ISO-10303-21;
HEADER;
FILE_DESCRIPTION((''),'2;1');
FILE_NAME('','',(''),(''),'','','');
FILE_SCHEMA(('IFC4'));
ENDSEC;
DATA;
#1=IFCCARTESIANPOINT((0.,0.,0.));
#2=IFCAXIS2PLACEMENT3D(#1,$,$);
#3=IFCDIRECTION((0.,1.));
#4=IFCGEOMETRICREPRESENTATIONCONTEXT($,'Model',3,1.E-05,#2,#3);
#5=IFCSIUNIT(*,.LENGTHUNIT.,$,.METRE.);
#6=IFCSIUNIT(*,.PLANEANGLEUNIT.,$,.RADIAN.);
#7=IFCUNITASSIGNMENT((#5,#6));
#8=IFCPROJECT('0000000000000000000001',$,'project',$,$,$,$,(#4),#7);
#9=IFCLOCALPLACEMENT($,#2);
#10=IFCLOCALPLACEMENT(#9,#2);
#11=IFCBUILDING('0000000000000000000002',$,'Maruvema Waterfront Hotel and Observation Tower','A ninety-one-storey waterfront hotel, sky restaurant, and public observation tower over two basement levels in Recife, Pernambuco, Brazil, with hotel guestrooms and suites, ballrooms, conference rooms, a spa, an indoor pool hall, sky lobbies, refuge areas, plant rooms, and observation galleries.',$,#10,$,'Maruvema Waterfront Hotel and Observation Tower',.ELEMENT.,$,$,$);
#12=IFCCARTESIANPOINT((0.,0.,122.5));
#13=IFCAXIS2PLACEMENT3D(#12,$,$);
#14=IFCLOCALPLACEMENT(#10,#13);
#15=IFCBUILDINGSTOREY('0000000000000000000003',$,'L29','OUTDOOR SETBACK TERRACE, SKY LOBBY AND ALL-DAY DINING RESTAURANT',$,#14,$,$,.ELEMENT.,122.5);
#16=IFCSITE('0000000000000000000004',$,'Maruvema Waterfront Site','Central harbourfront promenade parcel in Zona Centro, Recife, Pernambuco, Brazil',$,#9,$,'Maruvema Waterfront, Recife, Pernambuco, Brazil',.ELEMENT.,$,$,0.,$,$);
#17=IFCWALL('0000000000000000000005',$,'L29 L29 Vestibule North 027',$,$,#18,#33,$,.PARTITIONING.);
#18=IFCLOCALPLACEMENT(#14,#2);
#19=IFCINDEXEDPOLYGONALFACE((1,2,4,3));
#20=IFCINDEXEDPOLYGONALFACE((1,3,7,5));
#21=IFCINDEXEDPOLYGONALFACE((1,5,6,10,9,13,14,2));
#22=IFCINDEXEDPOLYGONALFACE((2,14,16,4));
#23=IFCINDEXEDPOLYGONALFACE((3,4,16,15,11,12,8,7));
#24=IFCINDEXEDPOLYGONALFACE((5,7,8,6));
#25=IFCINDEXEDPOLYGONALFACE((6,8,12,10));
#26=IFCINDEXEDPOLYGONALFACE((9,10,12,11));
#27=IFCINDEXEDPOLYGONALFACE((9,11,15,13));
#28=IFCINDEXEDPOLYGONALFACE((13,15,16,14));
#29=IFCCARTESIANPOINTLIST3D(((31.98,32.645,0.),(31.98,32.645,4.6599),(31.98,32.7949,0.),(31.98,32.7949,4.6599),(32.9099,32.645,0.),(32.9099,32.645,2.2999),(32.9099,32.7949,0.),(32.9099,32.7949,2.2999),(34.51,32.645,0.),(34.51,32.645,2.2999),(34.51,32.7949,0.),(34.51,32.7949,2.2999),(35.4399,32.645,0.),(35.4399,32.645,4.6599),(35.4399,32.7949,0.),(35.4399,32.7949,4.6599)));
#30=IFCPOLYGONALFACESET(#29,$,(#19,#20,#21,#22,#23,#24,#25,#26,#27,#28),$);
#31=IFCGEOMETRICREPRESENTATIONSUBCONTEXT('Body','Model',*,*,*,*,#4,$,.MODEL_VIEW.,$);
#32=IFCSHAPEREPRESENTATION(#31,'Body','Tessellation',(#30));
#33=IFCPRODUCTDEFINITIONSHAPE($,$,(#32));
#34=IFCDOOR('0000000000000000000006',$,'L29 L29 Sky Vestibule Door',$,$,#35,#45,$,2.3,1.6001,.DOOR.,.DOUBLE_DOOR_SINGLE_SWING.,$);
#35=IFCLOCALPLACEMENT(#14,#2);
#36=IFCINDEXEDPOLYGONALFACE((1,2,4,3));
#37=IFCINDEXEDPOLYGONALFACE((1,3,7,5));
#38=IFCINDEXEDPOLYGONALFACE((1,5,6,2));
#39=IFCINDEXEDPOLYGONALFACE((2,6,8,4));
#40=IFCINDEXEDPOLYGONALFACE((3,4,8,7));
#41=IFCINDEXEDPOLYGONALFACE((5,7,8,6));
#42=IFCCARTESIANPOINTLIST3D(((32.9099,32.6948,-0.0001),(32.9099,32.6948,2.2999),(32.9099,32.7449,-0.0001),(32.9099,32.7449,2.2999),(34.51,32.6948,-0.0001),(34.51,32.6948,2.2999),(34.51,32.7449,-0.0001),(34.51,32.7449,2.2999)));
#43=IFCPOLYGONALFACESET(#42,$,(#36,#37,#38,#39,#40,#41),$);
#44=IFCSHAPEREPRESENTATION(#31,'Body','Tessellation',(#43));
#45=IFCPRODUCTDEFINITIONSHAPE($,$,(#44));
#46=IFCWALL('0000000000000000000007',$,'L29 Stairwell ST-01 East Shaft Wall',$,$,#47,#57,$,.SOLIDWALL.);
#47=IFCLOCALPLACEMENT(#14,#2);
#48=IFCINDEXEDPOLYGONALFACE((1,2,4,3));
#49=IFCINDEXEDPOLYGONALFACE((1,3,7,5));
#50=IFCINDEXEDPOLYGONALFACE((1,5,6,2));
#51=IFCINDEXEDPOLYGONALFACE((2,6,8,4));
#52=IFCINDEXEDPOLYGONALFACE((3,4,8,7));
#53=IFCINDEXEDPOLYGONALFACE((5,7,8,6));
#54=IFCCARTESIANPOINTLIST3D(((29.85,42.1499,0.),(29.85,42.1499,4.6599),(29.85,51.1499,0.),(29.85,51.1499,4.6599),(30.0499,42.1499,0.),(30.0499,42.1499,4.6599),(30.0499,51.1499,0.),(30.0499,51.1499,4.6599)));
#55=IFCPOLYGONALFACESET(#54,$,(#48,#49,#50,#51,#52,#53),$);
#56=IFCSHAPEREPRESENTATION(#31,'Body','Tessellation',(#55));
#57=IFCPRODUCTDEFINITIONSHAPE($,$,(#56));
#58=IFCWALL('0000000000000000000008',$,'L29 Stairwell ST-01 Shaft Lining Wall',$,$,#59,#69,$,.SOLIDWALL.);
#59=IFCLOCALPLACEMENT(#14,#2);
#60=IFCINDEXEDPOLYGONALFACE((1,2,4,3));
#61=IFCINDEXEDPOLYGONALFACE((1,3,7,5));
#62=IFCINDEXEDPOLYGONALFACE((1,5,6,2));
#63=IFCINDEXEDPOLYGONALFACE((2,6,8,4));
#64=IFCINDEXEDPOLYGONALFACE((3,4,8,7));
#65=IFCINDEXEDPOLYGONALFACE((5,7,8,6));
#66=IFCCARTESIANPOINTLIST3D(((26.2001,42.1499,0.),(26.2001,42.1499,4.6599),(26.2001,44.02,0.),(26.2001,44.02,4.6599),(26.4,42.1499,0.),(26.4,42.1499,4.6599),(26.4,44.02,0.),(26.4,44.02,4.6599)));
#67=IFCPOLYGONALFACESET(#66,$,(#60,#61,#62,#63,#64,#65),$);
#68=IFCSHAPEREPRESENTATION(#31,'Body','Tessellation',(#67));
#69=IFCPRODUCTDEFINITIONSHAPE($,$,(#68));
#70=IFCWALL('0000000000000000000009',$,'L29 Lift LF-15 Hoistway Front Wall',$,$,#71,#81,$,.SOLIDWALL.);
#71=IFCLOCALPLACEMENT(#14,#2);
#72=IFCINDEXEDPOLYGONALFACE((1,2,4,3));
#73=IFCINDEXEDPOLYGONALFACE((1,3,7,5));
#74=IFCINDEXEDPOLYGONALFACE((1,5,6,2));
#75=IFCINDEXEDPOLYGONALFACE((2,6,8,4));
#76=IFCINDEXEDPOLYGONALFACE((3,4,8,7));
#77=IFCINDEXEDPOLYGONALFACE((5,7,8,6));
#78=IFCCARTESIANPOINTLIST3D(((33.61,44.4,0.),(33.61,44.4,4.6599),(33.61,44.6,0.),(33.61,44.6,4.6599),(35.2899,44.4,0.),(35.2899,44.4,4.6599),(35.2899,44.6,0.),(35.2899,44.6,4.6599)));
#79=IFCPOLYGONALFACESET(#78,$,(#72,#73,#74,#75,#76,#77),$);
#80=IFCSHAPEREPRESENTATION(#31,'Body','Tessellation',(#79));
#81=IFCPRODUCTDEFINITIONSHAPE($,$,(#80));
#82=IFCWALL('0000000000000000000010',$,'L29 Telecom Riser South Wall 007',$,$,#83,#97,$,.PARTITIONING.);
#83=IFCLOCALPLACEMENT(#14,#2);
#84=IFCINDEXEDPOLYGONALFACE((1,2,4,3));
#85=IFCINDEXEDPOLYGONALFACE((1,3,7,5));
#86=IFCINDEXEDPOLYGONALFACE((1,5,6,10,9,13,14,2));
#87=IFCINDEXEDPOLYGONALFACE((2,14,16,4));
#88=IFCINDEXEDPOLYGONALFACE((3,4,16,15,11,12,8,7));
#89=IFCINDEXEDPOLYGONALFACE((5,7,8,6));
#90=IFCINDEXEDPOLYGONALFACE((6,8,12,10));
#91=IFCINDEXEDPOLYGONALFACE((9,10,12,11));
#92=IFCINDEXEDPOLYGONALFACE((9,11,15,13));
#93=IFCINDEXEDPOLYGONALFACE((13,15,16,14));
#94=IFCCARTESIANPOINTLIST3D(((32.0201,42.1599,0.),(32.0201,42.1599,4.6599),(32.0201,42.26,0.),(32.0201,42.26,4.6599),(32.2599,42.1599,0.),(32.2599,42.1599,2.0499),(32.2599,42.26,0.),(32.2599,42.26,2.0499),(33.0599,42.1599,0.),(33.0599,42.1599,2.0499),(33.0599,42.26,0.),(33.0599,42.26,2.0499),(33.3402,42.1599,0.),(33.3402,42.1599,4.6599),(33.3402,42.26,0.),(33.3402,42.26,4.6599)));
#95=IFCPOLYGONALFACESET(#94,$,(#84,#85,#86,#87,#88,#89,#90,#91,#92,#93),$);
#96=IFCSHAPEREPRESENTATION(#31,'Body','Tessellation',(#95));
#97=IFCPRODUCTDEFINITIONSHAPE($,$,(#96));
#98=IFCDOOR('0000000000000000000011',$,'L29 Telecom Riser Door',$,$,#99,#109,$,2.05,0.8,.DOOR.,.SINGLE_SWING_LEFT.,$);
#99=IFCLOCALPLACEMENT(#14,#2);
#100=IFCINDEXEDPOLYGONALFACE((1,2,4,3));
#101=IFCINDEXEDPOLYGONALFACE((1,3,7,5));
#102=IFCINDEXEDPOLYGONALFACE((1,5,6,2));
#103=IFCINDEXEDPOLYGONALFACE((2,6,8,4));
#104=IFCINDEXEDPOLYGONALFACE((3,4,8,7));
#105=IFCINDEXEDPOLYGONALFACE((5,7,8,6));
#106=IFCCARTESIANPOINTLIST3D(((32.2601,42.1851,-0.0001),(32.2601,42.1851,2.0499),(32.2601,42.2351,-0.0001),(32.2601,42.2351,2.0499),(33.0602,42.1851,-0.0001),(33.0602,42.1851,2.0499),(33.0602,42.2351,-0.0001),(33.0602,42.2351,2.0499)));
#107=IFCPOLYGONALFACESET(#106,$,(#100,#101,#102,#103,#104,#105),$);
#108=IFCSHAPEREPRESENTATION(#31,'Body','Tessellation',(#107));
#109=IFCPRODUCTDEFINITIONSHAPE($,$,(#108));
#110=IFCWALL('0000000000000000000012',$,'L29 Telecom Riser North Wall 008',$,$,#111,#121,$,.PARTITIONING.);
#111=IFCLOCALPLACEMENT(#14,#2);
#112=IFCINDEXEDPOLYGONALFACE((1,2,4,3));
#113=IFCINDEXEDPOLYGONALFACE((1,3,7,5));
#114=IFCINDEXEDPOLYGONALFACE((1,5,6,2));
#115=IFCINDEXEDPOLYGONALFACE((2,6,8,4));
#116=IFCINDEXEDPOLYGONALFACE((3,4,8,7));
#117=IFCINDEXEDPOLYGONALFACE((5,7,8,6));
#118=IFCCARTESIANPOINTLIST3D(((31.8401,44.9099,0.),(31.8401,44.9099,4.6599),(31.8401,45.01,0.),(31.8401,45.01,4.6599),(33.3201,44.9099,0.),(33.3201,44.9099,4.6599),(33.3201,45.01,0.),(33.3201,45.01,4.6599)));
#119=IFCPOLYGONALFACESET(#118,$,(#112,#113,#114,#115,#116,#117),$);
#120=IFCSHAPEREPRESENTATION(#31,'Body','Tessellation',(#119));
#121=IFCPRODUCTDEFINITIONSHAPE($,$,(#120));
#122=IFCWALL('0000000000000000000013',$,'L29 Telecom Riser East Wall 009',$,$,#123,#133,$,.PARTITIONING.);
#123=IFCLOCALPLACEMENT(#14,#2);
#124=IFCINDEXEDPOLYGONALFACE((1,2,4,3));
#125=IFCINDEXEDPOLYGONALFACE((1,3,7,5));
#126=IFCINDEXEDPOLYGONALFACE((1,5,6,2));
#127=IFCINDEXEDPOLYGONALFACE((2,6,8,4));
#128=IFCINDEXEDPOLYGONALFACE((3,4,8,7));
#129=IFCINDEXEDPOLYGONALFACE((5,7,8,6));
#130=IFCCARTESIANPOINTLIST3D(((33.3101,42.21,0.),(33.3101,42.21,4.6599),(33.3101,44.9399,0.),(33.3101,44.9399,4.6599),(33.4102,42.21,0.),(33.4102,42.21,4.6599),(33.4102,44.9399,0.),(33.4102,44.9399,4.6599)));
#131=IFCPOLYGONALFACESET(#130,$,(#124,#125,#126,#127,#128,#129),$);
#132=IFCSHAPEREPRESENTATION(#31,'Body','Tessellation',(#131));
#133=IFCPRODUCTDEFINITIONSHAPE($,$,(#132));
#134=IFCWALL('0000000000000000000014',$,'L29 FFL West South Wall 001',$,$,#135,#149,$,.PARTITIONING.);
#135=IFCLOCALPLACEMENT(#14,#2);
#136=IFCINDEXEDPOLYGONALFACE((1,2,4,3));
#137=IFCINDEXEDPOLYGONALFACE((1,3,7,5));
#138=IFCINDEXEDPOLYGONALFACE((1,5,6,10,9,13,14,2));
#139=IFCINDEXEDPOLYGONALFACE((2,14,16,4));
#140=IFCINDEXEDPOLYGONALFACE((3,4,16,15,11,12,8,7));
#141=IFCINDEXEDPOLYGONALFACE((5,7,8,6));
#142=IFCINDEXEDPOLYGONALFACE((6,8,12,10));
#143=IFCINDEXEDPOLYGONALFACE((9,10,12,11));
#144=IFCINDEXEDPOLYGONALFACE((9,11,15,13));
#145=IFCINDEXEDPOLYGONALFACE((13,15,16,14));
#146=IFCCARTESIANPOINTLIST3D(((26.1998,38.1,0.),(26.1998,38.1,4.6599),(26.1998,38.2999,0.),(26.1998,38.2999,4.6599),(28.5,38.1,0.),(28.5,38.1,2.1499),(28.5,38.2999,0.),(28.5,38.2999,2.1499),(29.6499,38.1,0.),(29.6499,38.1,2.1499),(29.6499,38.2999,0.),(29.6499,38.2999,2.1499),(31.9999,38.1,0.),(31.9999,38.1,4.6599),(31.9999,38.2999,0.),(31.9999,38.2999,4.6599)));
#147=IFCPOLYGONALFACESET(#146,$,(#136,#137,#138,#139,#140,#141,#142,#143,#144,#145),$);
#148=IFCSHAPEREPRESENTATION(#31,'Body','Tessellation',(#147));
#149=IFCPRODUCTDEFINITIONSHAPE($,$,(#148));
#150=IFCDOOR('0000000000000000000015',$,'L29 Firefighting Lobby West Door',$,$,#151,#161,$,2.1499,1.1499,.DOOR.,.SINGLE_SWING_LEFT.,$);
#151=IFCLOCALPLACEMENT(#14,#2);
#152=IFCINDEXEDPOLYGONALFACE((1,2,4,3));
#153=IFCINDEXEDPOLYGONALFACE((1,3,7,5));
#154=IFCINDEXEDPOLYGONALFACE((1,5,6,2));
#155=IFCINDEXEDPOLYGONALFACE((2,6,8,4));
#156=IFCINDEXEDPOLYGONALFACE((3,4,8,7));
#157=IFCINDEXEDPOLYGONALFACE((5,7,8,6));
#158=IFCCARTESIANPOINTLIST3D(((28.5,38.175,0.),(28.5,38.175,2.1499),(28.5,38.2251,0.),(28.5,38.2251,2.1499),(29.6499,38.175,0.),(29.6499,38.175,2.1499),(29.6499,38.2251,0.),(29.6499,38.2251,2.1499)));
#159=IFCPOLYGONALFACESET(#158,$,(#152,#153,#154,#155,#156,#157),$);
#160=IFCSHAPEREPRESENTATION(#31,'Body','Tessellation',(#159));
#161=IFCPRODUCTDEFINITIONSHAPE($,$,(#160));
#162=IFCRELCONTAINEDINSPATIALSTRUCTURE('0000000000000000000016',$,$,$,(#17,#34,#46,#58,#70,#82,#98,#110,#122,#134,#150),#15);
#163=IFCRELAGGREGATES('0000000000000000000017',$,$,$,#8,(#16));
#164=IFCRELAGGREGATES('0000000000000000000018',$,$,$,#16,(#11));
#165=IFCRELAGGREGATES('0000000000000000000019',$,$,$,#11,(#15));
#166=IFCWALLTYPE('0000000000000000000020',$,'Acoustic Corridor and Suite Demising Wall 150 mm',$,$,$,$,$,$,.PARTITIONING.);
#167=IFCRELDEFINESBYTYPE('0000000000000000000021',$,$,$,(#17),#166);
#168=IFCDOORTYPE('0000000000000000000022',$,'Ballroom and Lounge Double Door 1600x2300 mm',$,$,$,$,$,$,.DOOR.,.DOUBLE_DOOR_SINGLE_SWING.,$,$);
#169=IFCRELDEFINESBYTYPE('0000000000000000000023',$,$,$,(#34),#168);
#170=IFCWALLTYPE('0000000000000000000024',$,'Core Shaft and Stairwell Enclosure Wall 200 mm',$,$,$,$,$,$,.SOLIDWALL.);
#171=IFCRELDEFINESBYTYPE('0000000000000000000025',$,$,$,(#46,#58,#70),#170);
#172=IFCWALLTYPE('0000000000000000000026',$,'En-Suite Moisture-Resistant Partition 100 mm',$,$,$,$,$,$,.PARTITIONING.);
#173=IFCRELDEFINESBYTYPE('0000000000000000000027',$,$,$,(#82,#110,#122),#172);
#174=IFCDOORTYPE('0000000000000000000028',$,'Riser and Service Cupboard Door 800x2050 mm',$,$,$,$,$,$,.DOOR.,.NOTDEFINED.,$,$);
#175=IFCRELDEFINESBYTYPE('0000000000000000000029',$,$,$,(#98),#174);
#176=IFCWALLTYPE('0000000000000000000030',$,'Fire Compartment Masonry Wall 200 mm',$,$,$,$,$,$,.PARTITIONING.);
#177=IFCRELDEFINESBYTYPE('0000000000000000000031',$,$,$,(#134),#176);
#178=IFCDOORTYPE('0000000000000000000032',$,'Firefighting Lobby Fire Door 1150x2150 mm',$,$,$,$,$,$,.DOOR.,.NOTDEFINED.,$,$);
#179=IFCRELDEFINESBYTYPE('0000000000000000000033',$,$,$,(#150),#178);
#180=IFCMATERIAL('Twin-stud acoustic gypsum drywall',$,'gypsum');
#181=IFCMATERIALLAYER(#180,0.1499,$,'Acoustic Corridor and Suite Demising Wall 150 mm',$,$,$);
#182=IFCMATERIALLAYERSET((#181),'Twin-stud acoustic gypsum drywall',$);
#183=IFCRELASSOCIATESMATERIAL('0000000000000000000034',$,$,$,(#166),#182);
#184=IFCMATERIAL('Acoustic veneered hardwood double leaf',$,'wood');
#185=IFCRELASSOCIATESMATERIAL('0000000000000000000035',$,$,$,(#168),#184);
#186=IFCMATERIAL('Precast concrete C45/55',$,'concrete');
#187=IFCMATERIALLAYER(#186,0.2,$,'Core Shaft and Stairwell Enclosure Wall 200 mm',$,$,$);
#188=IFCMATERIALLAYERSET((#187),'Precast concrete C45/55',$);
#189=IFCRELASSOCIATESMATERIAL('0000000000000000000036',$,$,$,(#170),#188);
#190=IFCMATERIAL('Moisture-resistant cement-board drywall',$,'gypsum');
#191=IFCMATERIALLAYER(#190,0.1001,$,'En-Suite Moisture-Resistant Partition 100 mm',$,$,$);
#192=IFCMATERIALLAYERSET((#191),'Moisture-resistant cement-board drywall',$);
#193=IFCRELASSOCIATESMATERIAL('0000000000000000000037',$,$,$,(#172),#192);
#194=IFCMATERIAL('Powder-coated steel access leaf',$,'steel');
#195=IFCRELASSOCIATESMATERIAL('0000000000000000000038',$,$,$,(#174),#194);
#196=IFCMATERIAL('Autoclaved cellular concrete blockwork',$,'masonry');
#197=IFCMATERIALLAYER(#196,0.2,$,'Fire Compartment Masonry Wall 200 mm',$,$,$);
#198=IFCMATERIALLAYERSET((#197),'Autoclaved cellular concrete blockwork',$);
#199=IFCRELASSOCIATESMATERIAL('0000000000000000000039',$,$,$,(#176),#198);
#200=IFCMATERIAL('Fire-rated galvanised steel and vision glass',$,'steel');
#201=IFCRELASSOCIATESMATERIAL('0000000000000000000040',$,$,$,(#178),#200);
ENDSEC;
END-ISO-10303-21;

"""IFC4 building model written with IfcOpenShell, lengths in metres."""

from ifc_helpers import new_model, si_unit, direction, frame, frame_2d, origin, place, context, subcontext, project, spatial, rectangle, extrude, material, layer, layer_set, type_object, element, fill, save


model = new_model("IFC4")

# Units and contexts
model_context = context("Model", 3, precision=1e-05, world=origin(), true_north=direction((0.0, 1.0)))
body_context = subcontext(model_context, "Body", "Model", "MODEL_VIEW")
ifc_project = project(units=[si_unit("LENGTHUNIT", "METRE"), si_unit("PLANEANGLEUNIT", "RADIAN")], contexts=[model_context])

# Site, building, storey
site_placement = place(None, origin())
site = spatial("IfcSite", under=ifc_project, at=site_placement, Name="Maruvema Waterfront Site", Description="Central harbourfront promenade parcel in Zona Centro, Recife, Pernambuco, Brazil", LongName="Maruvema Waterfront, Recife, Pernambuco, Brazil", CompositionType="ELEMENT", RefElevation=0.0)
building_placement = place(site_placement, origin())
building = spatial("IfcBuilding", under=site, at=building_placement, Name="Maruvema Waterfront Hotel and Observation Tower", Description="A ninety-one-storey waterfront hotel, sky restaurant, and public observation tower over two basement levels in Recife, Pernambuco, Brazil, with hotel guestrooms and suites, ballrooms, conference rooms, a spa, an indoor pool hall, sky lobbies, refuge areas, plant rooms, and observation galleries.", LongName="Maruvema Waterfront Hotel and Observation Tower", CompositionType="ELEMENT")
storey_placement = place(building_placement, frame((0.0, 0.0, 122.5)))
storey = spatial("IfcBuildingStorey", under=building, at=storey_placement, Name="L29", Description="OUTDOOR SETBACK TERRACE, SKY LOBBY AND ALL-DAY DINING RESTAURANT", CompositionType="ELEMENT", Elevation=122.5)

# Wall, opening, door
ifc_material_1 = material(Name="Twin-stud acoustic gypsum drywall", Category="gypsum")
ifc_layer_1 = layer(ifc_material_1, 0.1499, Name="Acoustic Corridor and Suite Demising Wall 150 mm")
ifc_layer_set_1 = layer_set([ifc_layer_1], Name="Twin-stud acoustic gypsum drywall")
wall_type_1 = type_object("IfcWallType", Name="Acoustic Corridor and Suite Demising Wall 150 mm", PredefinedType="PARTITIONING", material=ifc_layer_set_1)
wall_1_placement = place(storey_placement, frame((31.98, 32.72, 0.0), z_axis=(0.0, 0.0, 1.0), x_axis=(1.0, 0.0, 0.0)))
wall_1 = element("IfcWall", 1, at=wall_1_placement, inside=storey, type_object=wall_type_1, Name="L29 L29 Vestibule North 027", PredefinedType="PARTITIONING", context=body_context, shape_type="SweptSolid", body=[
    extrude(rectangle(XDim=3.46, YDim=0.1499, at=frame_2d((1.73, 0.0))), origin(), (0.0, 0.0, 1.0), 4.6599),
])
opening_1_placement = place(wall_1_placement, frame((0.9299, 0.0, 0.0)))
opening_1 = element("IfcOpeningElement", 2, at=opening_1_placement, cuts=wall_1, PredefinedType="OPENING", context=body_context, shape_type="SweptSolid", body=[
    extrude(rectangle(XDim=1.6001, YDim=2.3, at=frame_2d((0.8, 1.1499))), frame((0.0, 0.085, 0.0), z_axis=(0.0, -1.0, 0.0), x_axis=(1.0, 0.0, 0.0)), (0.0, 0.0, 1.0), 0.1699),
])
ifc_material_2 = material(Name="Acoustic veneered hardwood double leaf", Category="wood")
door_type_1 = type_object("IfcDoorType", Name="Ballroom and Lounge Double Door 1600x2300 mm", OperationType="DOUBLE_DOOR_SINGLE_SWING", PredefinedType="DOOR", material=ifc_material_2)
door_1_placement = place(opening_1_placement, origin())
door_1 = element("IfcDoor", 3, at=door_1_placement, inside=storey, type_object=door_type_1, Name="L29 L29 Sky Vestibule Door", OperationType="DOUBLE_DOOR_SINGLE_SWING", OverallHeight=2.3, OverallWidth=1.6001, PredefinedType="DOOR", context=body_context, shape_type="SweptSolid", body=[
    extrude(rectangle(XDim=1.6001, YDim=2.3, at=frame_2d((0.8, 1.1499))), frame((0.0, 0.0249, 0.0), z_axis=(0.0, -1.0, 0.0), x_axis=(1.0, 0.0, 0.0)), (0.0, 0.0, 1.0), 0.05),
])
fill(opening_1, door_1)

# Walls
ifc_material_3 = material(Name="Precast concrete C45/55", Category="concrete")
ifc_layer_2 = layer(ifc_material_3, 0.2, Name="Core Shaft and Stairwell Enclosure Wall 200 mm")
ifc_layer_set_2 = layer_set([ifc_layer_2], Name="Precast concrete C45/55")
wall_type_2 = type_object("IfcWallType", Name="Core Shaft and Stairwell Enclosure Wall 200 mm", PredefinedType="SOLIDWALL", material=ifc_layer_set_2)
wall_2_placement = place(storey_placement, frame((29.95, 42.1499, 0.0), z_axis=(0.0, 0.0, 1.0), x_axis=(0.0, 1.0, 0.0)))
element("IfcWall", 4, at=wall_2_placement, inside=storey, type_object=wall_type_2, Name="L29 Stairwell ST-01 East Shaft Wall", PredefinedType="SOLIDWALL", context=body_context, shape_type="SweptSolid", body=[
    extrude(rectangle(XDim=9.0, YDim=0.2, at=frame_2d((4.5, 0.0))), origin(), (0.0, 0.0, 1.0), 4.6599),
])
wall_3_placement = place(storey_placement, frame((26.3, 42.1499, 0.0), z_axis=(0.0, 0.0, 1.0), x_axis=(0.0, 1.0, 0.0)))
element("IfcWall", 5, at=wall_3_placement, inside=storey, type_object=wall_type_2, Name="L29 Stairwell ST-01 Shaft Lining Wall", PredefinedType="SOLIDWALL", context=body_context, shape_type="SweptSolid", body=[
    extrude(rectangle(XDim=1.8701, YDim=0.2, at=frame_2d((0.9351, 0.0))), origin(), (0.0, 0.0, 1.0), 4.6599),
])
wall_4_placement = place(storey_placement, frame((33.6101, 44.5, 0.0), z_axis=(0.0, 0.0, 1.0), x_axis=(1.0, 0.0, 0.0)))
element("IfcWall", 6, at=wall_4_placement, inside=storey, type_object=wall_type_2, Name="L29 Lift LF-15 Hoistway Front Wall", PredefinedType="SOLIDWALL", context=body_context, shape_type="SweptSolid", body=[
    extrude(rectangle(XDim=1.6799, YDim=0.2, at=frame_2d((0.8398, 0.0))), origin(), (0.0, 0.0, 1.0), 4.6599),
])

# Wall, opening, door
ifc_material_4 = material(Name="Moisture-resistant cement-board drywall", Category="gypsum")
ifc_layer_3 = layer(ifc_material_4, 0.1001, Name="En-Suite Moisture-Resistant Partition 100 mm")
ifc_layer_set_3 = layer_set([ifc_layer_3], Name="Moisture-resistant cement-board drywall")
wall_type_3 = type_object("IfcWallType", Name="En-Suite Moisture-Resistant Partition 100 mm", PredefinedType="PARTITIONING", material=ifc_layer_set_3)
wall_5_placement = place(storey_placement, frame((32.02, 42.21, 0.0), z_axis=(0.0, 0.0, 1.0), x_axis=(1.0, 0.0, 0.0)))
wall_5 = element("IfcWall", 7, at=wall_5_placement, inside=storey, type_object=wall_type_3, Name="L29 Telecom Riser South Wall 007", PredefinedType="PARTITIONING", context=body_context, shape_type="SweptSolid", body=[
    extrude(rectangle(XDim=1.3201, YDim=0.1001, at=frame_2d((0.6602, 0.0))), origin(), (0.0, 0.0, 1.0), 4.6599),
])
opening_2_placement = place(wall_5_placement, frame((0.24, 0.0, 0.0)))
opening_2 = element("IfcOpeningElement", 8, at=opening_2_placement, cuts=wall_5, PredefinedType="OPENING", context=body_context, shape_type="SweptSolid", body=[
    extrude(rectangle(XDim=0.8, YDim=2.05, at=frame_2d((0.3999, 1.0249))), frame((0.0, 0.0601, 0.0), z_axis=(0.0, -1.0, 0.0), x_axis=(1.0, 0.0, 0.0)), (0.0, 0.0, 1.0), 0.1201),
])
ifc_material_5 = material(Name="Powder-coated steel access leaf", Category="steel")
door_type_2 = type_object("IfcDoorType", Name="Riser and Service Cupboard Door 800x2050 mm", OperationType="NOTDEFINED", PredefinedType="DOOR", material=ifc_material_5)
door_2_placement = place(opening_2_placement, frame((0.8, 0.0, 0.0), z_axis=(0.0, 0.0, 1.0), x_axis=(-1.0, 0.0, 0.0)))
door_2 = element("IfcDoor", 9, at=door_2_placement, inside=storey, type_object=door_type_2, Name="L29 Telecom Riser Door", OperationType="SINGLE_SWING_LEFT", OverallHeight=2.05, OverallWidth=0.8, PredefinedType="DOOR", context=body_context, shape_type="SweptSolid", body=[
    extrude(rectangle(XDim=0.8, YDim=2.05, at=frame_2d((0.3999, 1.0249))), frame((0.0, 0.0249, 0.0), z_axis=(0.0, -1.0, 0.0), x_axis=(1.0, 0.0, 0.0)), (0.0, 0.0, 1.0), 0.05),
])
fill(opening_2, door_2)

# Walls
wall_6_placement = place(storey_placement, frame((31.8401, 44.96, 0.0), z_axis=(0.0, 0.0, 1.0), x_axis=(1.0, 0.0, 0.0)))
element("IfcWall", 10, at=wall_6_placement, inside=storey, type_object=wall_type_3, Name="L29 Telecom Riser North Wall 008", PredefinedType="PARTITIONING", context=body_context, shape_type="SweptSolid", body=[
    extrude(rectangle(XDim=1.48, YDim=0.1001, at=frame_2d((0.74, 0.0))), origin(), (0.0, 0.0, 1.0), 4.6599),
])
wall_7_placement = place(storey_placement, frame((33.3601, 42.21, 0.0), z_axis=(0.0, 0.0, 1.0), x_axis=(0.0, 1.0, 0.0)))
element("IfcWall", 11, at=wall_7_placement, inside=storey, type_object=wall_type_3, Name="L29 Telecom Riser East Wall 009", PredefinedType="PARTITIONING", context=body_context, shape_type="SweptSolid", body=[
    extrude(rectangle(XDim=2.73, YDim=0.1001, at=frame_2d((1.365, 0.0))), origin(), (0.0, 0.0, 1.0), 4.6599),
])

# Wall, opening, door
ifc_material_6 = material(Name="Autoclaved cellular concrete blockwork", Category="masonry")
ifc_layer_4 = layer(ifc_material_6, 0.2, Name="Fire Compartment Masonry Wall 200 mm")
ifc_layer_set_4 = layer_set([ifc_layer_4], Name="Autoclaved cellular concrete blockwork")
wall_type_4 = type_object("IfcWallType", Name="Fire Compartment Masonry Wall 200 mm", PredefinedType="PARTITIONING", material=ifc_layer_set_4)
wall_8_placement = place(storey_placement, frame((26.2, 38.2, 0.0), z_axis=(0.0, 0.0, 1.0), x_axis=(1.0, 0.0, 0.0)))
wall_8 = element("IfcWall", 12, at=wall_8_placement, inside=storey, type_object=wall_type_4, Name="L29 FFL West South Wall 001", PredefinedType="PARTITIONING", context=body_context, shape_type="SweptSolid", body=[
    extrude(rectangle(XDim=5.8, YDim=0.2, at=frame_2d((2.8999, 0.0))), origin(), (0.0, 0.0, 1.0), 4.6599),
])
opening_3_placement = place(wall_8_placement, frame((2.3, 0.0, 0.0)))
opening_3 = element("IfcOpeningElement", 13, at=opening_3_placement, cuts=wall_8, PredefinedType="OPENING", context=body_context, shape_type="SweptSolid", body=[
    extrude(rectangle(XDim=1.1499, YDim=2.1499, at=frame_2d((0.575, 1.075))), frame((0.0, 0.1099, 0.0), z_axis=(0.0, -1.0, 0.0), x_axis=(1.0, 0.0, 0.0)), (0.0, 0.0, 1.0), 0.22),
])
ifc_material_7 = material(Name="Fire-rated galvanised steel and vision glass", Category="steel")
door_type_3 = type_object("IfcDoorType", Name="Firefighting Lobby Fire Door 1150x2150 mm", OperationType="NOTDEFINED", PredefinedType="DOOR", material=ifc_material_7)
door_3_placement = place(opening_3_placement, frame((1.1499, 0.0, 0.0), z_axis=(0.0, 0.0, 1.0), x_axis=(-1.0, 0.0, 0.0)))
door_3 = element("IfcDoor", 14, at=door_3_placement, inside=storey, type_object=door_type_3, Name="L29 Firefighting Lobby West Door", OperationType="SINGLE_SWING_LEFT", OverallHeight=2.1499, OverallWidth=1.1499, PredefinedType="DOOR", context=body_context, shape_type="SweptSolid", body=[
    extrude(rectangle(XDim=1.1499, YDim=2.1499, at=frame_2d((0.575, 1.075))), frame((0.0, 0.0249, 0.0), z_axis=(0.0, -1.0, 0.0), x_axis=(1.0, 0.0, 0.0)), (0.0, 0.0, 1.0), 0.05),
])
fill(opening_3, door_3)

save(model, "model.ifc")
